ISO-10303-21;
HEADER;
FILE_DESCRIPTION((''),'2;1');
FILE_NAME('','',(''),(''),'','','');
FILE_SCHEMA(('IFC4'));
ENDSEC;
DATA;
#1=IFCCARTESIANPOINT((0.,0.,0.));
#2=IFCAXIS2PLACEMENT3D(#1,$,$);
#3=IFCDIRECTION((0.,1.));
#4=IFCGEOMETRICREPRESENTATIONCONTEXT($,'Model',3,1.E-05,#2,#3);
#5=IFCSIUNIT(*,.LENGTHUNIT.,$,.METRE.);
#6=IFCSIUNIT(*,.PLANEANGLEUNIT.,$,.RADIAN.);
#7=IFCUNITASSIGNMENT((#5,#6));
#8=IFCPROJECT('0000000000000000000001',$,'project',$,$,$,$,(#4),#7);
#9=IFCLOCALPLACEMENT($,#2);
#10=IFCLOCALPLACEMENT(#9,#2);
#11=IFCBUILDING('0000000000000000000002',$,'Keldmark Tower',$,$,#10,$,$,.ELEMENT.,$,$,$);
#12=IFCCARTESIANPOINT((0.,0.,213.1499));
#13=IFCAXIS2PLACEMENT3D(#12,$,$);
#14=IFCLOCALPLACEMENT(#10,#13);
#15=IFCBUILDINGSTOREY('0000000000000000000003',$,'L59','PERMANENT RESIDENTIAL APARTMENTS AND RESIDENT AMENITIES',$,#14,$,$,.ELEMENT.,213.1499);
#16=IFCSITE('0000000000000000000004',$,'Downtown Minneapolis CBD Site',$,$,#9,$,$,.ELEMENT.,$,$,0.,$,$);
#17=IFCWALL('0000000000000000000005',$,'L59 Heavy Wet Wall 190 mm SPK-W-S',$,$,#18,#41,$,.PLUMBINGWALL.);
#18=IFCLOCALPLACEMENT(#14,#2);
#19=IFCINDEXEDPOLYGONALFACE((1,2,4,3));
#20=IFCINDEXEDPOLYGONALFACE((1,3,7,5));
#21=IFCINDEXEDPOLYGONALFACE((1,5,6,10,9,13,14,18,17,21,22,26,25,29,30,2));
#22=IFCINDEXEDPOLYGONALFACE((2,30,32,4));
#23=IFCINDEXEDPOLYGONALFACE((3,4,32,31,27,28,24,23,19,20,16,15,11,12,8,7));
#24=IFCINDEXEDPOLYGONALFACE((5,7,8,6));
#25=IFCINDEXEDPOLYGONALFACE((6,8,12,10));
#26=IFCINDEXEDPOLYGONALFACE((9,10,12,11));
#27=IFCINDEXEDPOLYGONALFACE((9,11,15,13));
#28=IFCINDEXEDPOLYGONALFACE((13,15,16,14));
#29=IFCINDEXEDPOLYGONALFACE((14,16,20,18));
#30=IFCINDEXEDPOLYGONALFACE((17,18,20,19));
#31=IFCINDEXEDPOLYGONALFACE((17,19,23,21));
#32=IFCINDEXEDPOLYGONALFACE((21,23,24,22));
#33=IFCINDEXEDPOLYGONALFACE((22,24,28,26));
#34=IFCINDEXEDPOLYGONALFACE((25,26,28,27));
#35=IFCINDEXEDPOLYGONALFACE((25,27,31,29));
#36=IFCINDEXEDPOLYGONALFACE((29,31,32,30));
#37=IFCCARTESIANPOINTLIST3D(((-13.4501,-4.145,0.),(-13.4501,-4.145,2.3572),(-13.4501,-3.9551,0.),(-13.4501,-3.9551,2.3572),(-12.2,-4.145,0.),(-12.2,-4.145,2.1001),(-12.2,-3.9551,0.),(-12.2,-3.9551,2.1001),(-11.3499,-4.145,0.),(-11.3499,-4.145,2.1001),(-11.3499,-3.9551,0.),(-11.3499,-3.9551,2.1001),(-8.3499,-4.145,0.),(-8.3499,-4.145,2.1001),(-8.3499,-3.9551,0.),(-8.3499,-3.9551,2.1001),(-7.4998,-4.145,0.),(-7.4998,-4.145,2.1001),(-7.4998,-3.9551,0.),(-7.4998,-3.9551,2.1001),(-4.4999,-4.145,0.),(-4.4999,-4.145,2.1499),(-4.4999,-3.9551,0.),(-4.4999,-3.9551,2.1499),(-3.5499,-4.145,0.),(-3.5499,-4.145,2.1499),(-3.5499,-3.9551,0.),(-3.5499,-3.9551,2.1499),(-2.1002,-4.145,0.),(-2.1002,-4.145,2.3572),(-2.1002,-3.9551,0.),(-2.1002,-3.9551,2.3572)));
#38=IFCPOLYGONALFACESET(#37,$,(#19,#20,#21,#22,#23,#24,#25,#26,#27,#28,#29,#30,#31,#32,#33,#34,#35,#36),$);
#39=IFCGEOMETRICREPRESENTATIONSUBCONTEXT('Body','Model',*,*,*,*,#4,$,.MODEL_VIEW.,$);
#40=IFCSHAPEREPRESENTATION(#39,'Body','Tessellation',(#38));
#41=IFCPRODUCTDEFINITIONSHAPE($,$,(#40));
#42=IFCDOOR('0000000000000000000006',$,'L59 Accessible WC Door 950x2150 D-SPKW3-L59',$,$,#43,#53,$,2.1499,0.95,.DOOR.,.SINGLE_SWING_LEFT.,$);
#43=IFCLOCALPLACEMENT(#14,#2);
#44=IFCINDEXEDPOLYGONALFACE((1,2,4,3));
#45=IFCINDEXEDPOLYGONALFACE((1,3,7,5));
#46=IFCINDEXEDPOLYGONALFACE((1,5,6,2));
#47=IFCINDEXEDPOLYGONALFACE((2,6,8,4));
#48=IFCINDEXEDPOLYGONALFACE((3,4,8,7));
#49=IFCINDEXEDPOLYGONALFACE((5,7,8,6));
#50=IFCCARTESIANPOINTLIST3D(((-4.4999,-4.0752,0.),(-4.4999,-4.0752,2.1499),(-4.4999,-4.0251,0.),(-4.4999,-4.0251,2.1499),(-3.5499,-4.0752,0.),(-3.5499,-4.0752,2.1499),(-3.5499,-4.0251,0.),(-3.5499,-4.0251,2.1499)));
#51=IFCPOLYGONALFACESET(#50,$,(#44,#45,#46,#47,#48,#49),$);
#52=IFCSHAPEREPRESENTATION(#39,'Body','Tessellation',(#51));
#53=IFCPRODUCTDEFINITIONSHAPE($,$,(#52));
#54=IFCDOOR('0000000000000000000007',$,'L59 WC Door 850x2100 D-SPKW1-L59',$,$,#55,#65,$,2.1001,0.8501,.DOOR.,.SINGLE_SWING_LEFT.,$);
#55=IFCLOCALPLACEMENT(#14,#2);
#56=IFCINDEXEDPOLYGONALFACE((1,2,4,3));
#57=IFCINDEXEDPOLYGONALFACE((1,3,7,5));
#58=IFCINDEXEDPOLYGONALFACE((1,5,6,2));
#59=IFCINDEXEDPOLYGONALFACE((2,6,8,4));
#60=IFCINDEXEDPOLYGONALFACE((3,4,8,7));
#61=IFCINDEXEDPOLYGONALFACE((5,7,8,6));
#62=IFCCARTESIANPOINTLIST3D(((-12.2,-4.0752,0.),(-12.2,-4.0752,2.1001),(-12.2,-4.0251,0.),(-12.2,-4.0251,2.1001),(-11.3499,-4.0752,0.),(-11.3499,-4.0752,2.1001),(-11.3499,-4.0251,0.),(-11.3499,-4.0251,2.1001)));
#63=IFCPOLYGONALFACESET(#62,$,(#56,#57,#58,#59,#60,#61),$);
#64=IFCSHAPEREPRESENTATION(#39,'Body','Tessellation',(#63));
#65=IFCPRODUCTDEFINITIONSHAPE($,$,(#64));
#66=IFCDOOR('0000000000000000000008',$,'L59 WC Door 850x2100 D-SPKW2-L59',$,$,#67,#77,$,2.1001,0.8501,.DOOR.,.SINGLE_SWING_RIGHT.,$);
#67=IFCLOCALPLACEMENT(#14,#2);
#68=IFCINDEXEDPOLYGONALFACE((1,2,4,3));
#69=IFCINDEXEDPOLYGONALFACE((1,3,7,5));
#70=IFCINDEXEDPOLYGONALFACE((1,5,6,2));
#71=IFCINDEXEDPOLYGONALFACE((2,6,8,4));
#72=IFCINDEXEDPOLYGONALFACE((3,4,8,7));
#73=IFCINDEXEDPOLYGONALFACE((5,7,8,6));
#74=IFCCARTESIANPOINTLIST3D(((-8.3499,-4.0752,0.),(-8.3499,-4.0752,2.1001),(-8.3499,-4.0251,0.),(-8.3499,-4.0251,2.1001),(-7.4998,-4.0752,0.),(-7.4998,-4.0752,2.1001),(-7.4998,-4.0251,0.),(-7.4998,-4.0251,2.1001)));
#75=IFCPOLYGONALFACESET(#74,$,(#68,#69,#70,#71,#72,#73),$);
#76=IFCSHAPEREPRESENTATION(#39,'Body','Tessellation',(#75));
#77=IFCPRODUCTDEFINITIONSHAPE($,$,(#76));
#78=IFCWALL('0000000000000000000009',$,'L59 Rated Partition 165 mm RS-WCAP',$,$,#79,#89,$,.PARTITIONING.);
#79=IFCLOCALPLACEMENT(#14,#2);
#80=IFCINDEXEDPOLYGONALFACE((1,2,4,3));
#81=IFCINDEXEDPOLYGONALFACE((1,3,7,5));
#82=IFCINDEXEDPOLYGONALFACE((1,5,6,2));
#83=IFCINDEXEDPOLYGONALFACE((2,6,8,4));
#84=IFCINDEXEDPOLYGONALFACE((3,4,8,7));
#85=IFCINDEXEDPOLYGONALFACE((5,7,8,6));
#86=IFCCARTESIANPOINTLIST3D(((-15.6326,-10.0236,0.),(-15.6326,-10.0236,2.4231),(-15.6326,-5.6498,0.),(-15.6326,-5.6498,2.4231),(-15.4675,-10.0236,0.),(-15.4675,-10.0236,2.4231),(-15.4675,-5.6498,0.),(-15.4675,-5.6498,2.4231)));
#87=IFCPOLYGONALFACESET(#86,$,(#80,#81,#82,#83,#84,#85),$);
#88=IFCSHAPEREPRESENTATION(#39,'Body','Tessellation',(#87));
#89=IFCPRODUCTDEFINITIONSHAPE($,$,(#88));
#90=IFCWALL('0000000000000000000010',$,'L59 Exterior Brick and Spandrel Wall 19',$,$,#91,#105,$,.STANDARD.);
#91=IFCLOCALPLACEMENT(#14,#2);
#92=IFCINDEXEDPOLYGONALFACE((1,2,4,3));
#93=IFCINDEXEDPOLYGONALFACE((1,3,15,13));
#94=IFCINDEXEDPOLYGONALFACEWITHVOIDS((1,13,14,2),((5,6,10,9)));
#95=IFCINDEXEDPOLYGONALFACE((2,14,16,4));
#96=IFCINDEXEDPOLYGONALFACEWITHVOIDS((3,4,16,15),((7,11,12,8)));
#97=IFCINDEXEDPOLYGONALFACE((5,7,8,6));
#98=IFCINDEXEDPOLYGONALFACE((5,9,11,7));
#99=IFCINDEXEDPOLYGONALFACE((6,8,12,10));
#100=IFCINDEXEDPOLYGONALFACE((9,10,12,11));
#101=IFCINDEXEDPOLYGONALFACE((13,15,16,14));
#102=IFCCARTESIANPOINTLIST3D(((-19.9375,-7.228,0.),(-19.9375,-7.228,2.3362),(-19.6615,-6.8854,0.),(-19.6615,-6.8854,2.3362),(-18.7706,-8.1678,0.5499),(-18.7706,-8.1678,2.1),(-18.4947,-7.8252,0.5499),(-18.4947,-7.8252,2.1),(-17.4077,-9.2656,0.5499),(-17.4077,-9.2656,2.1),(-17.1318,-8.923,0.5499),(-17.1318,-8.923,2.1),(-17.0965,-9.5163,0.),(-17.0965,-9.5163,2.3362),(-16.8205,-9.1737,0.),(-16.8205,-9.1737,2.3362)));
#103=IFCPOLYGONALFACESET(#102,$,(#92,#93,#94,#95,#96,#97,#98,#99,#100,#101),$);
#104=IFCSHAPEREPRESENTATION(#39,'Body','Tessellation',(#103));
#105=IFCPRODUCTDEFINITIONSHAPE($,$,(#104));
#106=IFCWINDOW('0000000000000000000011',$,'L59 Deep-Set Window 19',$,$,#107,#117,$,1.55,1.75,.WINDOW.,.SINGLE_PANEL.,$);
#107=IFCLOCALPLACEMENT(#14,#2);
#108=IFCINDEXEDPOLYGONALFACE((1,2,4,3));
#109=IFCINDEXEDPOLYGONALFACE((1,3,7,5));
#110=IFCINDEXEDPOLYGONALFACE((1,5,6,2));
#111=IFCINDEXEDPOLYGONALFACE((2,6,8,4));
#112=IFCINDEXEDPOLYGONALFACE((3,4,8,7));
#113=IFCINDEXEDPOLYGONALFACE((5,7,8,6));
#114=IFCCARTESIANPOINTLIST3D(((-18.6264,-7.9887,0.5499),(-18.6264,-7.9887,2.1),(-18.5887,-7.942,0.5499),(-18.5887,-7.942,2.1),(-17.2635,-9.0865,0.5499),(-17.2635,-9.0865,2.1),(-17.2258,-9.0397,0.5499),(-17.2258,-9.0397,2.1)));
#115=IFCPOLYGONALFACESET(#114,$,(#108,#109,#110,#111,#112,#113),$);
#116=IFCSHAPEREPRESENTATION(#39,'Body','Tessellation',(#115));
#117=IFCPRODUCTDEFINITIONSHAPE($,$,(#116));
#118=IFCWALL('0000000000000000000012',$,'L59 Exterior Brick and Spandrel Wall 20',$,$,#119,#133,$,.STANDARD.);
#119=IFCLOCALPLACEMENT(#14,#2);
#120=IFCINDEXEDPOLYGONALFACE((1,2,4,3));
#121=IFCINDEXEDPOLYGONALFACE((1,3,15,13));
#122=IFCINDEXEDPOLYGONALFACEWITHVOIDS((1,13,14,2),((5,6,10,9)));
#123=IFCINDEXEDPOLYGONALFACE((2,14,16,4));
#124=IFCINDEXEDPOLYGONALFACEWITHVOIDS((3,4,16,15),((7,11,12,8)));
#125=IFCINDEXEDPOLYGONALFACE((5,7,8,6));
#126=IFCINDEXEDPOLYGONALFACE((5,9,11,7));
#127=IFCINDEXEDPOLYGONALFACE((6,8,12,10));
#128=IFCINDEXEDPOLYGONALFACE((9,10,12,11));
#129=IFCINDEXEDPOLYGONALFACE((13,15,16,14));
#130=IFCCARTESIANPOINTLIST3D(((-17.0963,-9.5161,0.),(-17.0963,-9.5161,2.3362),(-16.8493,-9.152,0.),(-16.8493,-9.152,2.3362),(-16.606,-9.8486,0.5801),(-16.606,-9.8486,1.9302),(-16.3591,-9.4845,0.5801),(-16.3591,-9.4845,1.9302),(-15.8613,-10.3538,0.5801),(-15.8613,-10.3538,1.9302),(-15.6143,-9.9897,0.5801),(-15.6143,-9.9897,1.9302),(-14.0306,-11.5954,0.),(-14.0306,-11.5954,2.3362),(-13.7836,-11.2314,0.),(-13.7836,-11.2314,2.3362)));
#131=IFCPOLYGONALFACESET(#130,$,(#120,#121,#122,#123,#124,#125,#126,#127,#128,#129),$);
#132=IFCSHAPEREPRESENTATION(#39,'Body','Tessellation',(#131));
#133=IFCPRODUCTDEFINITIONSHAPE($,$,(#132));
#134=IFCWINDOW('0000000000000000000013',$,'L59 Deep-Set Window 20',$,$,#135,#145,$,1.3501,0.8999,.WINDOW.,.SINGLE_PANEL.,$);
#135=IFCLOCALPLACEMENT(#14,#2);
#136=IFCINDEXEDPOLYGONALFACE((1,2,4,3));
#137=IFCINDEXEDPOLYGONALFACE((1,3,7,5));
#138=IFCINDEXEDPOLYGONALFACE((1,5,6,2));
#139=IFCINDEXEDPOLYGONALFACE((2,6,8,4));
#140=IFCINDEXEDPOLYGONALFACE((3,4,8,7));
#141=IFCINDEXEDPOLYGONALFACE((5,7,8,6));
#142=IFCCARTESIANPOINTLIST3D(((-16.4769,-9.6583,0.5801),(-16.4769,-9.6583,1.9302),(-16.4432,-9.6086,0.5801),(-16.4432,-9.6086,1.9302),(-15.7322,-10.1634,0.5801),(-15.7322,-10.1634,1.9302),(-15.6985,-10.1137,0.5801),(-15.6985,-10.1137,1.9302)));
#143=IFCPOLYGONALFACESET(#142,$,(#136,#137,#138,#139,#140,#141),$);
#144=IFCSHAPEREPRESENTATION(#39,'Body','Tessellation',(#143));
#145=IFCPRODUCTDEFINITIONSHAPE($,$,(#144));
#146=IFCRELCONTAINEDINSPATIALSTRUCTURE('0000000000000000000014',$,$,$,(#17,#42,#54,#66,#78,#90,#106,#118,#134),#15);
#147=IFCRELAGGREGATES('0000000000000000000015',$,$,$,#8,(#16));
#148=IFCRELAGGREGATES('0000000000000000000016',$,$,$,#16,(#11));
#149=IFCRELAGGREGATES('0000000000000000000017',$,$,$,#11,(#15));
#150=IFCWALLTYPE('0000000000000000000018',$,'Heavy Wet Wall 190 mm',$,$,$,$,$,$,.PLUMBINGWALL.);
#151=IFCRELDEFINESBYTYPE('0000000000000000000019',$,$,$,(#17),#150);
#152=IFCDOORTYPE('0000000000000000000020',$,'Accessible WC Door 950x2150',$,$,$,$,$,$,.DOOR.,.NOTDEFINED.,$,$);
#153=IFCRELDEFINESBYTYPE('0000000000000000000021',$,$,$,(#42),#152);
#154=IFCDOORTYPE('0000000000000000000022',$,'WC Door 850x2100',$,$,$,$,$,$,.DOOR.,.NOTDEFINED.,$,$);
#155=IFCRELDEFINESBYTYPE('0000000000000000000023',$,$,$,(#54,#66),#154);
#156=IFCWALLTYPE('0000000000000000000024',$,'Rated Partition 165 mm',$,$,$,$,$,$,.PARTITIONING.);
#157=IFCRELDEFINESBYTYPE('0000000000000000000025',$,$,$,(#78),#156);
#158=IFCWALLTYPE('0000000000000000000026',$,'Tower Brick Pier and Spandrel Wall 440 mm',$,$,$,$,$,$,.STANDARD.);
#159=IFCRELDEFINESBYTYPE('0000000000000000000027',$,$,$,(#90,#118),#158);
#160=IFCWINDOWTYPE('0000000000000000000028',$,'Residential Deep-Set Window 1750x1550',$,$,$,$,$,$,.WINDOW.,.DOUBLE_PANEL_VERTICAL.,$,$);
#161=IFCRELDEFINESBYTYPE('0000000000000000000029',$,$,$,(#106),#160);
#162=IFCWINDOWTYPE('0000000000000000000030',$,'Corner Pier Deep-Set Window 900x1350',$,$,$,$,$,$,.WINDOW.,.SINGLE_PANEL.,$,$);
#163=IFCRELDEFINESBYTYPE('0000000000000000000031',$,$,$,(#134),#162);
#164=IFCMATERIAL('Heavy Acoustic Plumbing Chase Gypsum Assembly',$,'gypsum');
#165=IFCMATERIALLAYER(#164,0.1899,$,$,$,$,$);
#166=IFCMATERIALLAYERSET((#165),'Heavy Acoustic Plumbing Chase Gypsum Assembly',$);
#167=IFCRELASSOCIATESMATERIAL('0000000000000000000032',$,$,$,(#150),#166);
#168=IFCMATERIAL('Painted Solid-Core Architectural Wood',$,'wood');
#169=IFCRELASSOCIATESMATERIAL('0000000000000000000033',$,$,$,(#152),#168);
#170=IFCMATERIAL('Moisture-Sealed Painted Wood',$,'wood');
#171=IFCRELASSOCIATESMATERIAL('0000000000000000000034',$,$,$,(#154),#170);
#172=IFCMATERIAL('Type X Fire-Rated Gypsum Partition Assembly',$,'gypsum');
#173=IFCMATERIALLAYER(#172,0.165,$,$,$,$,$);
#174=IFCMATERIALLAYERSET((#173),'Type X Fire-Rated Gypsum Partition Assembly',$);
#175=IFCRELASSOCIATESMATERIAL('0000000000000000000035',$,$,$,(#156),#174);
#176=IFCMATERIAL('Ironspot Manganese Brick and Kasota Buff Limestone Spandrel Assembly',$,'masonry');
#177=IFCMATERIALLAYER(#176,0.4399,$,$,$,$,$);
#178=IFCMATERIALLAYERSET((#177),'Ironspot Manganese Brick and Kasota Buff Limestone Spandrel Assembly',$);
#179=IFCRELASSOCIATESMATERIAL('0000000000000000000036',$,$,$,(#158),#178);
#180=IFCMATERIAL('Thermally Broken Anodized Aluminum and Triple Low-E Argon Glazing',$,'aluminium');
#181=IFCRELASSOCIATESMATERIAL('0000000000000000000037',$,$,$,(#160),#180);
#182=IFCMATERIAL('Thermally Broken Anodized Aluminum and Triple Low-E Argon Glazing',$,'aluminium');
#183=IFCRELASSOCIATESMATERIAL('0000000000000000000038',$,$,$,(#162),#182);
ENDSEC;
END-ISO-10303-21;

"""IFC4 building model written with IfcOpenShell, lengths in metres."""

from ifc_helpers import new_model, si_unit, direction, frame, frame_2d, origin, place, context, subcontext, project, spatial, rectangle, extrude, material, layer, layer_set, type_object, element, fill, save


model = new_model("IFC4")

# Units and contexts
model_context = context("Model", 3, precision=1e-05, world=origin(), true_north=direction((0.0, 1.0)))
body_context = subcontext(model_context, "Body", "Model", "MODEL_VIEW")
ifc_project = project(units=[si_unit("LENGTHUNIT", "METRE"), si_unit("PLANEANGLEUNIT", "RADIAN")], contexts=[model_context])

# Site, building, storey
site_placement = place(None, origin())
site = spatial("IfcSite", under=ifc_project, at=site_placement, Name="Downtown Minneapolis CBD Site", CompositionType="ELEMENT", RefElevation=0.0)
building_placement = place(site_placement, origin())
building = spatial("IfcBuilding", under=site, at=building_placement, Name="Keldmark Tower", CompositionType="ELEMENT")
storey_placement = place(building_placement, frame((0.0, 0.0, 213.1499)))
storey = spatial("IfcBuildingStorey", under=building, at=storey_placement, Name="L59", Description="PERMANENT RESIDENTIAL APARTMENTS AND RESIDENT AMENITIES", CompositionType="ELEMENT", Elevation=213.1499)

# Wall, openings, doors
ifc_material_1 = material(Name="Heavy Acoustic Plumbing Chase Gypsum Assembly", Category="gypsum")
ifc_layer_1 = layer(ifc_material_1, 0.1899)
ifc_layer_set_1 = layer_set([ifc_layer_1], Name="Heavy Acoustic Plumbing Chase Gypsum Assembly")
wall_type_1 = type_object("IfcWallType", Name="Heavy Wet Wall 190 mm", PredefinedType="PLUMBINGWALL", material=ifc_layer_set_1)
wall_1_placement = place(storey_placement, frame((-13.45, -4.05, 0.0), z_axis=(0.0, 0.0, 1.0), x_axis=(1.0, 0.0, 0.0)))
wall_1 = element("IfcWall", 1, at=wall_1_placement, inside=storey, type_object=wall_type_1, Name="L59 Heavy Wet Wall 190 mm SPK-W-S", PredefinedType="PLUMBINGWALL", context=body_context, shape_type="SweptSolid", body=[
    extrude(rectangle(XDim=11.3499, YDim=0.1899, at=frame_2d((5.6748, 0.0))), origin(), (0.0, 0.0, 1.0), 2.3572),
])
opening_1_placement = place(wall_1_placement, frame((1.25, 0.0, 0.0)))
opening_1 = element("IfcOpeningElement", 2, at=opening_1_placement, cuts=wall_1, PredefinedType="OPENING", context=body_context, shape_type="SweptSolid", body=[
    extrude(rectangle(XDim=0.8501, YDim=2.1001, at=frame_2d((0.425, 1.05))), frame((0.0, 0.105, 0.0), z_axis=(0.0, -1.0, 0.0), x_axis=(1.0, 0.0, 0.0)), (0.0, 0.0, 1.0), 0.21),
])
opening_2_placement = place(wall_1_placement, frame((5.1001, 0.0, 0.0)))
opening_2 = element("IfcOpeningElement", 3, at=opening_2_placement, cuts=wall_1, PredefinedType="OPENING", context=body_context, shape_type="SweptSolid", body=[
    extrude(rectangle(XDim=0.8501, YDim=2.1001, at=frame_2d((0.425, 1.05))), frame((0.0, 0.105, 0.0), z_axis=(0.0, -1.0, 0.0), x_axis=(1.0, 0.0, 0.0)), (0.0, 0.0, 1.0), 0.21),
])
opening_3_placement = place(wall_1_placement, frame((8.95, 0.0, 0.0)))
opening_3 = element("IfcOpeningElement", 4, at=opening_3_placement, cuts=wall_1, PredefinedType="OPENING", context=body_context, shape_type="SweptSolid", body=[
    extrude(rectangle(XDim=0.95, YDim=2.1499, at=frame_2d((0.4751, 1.075))), frame((0.0, 0.105, 0.0), z_axis=(0.0, -1.0, 0.0), x_axis=(1.0, 0.0, 0.0)), (0.0, 0.0, 1.0), 0.21),
])
ifc_material_2 = material(Name="Painted Solid-Core Architectural Wood", Category="wood")
door_type_1 = type_object("IfcDoorType", Name="Accessible WC Door 950x2150", OperationType="NOTDEFINED", PredefinedType="DOOR", material=ifc_material_2)
door_1_placement = place(opening_3_placement, origin())
door_1 = element("IfcDoor", 5, at=door_1_placement, inside=storey, type_object=door_type_1, Name="L59 Accessible WC Door 950x2150 D-SPKW3-L59", OperationType="SINGLE_SWING_LEFT", OverallHeight=2.1499, OverallWidth=0.95, PredefinedType="DOOR", context=body_context, shape_type="SweptSolid", body=[
    extrude(rectangle(XDim=0.95, YDim=2.1499, at=frame_2d((0.4751, 1.075))), frame((0.0, 0.0249, 0.0), z_axis=(0.0, -1.0, 0.0), x_axis=(1.0, 0.0, 0.0)), (0.0, 0.0, 1.0), 0.05),
])
fill(opening_3, door_1)
ifc_material_3 = material(Name="Moisture-Sealed Painted Wood", Category="wood")
door_type_2 = type_object("IfcDoorType", Name="WC Door 850x2100", OperationType="NOTDEFINED", PredefinedType="DOOR", material=ifc_material_3)
door_2_placement = place(opening_1_placement, origin())
door_2 = element("IfcDoor", 6, at=door_2_placement, inside=storey, type_object=door_type_2, Name="L59 WC Door 850x2100 D-SPKW1-L59", OperationType="SINGLE_SWING_LEFT", OverallHeight=2.1001, OverallWidth=0.8501, PredefinedType="DOOR", context=body_context, shape_type="SweptSolid", body=[
    extrude(rectangle(XDim=0.8501, YDim=2.1001, at=frame_2d((0.425, 1.05))), frame((0.0, 0.0249, 0.0), z_axis=(0.0, -1.0, 0.0), x_axis=(1.0, 0.0, 0.0)), (0.0, 0.0, 1.0), 0.05),
])
fill(opening_1, door_2)
door_3_placement = place(opening_2_placement, origin())
door_3 = element("IfcDoor", 7, at=door_3_placement, inside=storey, type_object=door_type_2, Name="L59 WC Door 850x2100 D-SPKW2-L59", OperationType="SINGLE_SWING_RIGHT", OverallHeight=2.1001, OverallWidth=0.8501, PredefinedType="DOOR", context=body_context, shape_type="SweptSolid", body=[
    extrude(rectangle(XDim=0.8501, YDim=2.1001, at=frame_2d((0.425, 1.05))), frame((0.0, 0.0249, 0.0), z_axis=(0.0, -1.0, 0.0), x_axis=(1.0, 0.0, 0.0)), (0.0, 0.0, 1.0), 0.05),
])
fill(opening_2, door_3)

# Shared definitions
ifc_material_4 = material(Name="Type X Fire-Rated Gypsum Partition Assembly", Category="gypsum")
ifc_layer_2 = layer(ifc_material_4, 0.165)
ifc_layer_set_2 = layer_set([ifc_layer_2], Name="Type X Fire-Rated Gypsum Partition Assembly")
wall_type_2 = type_object("IfcWallType", Name="Rated Partition 165 mm", PredefinedType="PARTITIONING", material=ifc_layer_set_2)

# Wall
wall_2_placement = place(storey_placement, frame((-15.55, -10.0237, 0.0), z_axis=(0.0, 0.0, 1.0), x_axis=(0.0, 1.0, 0.0)))
element("IfcWall", 8, at=wall_2_placement, inside=storey, type_object=wall_type_2, Name="L59 Rated Partition 165 mm RS-WCAP", PredefinedType="PARTITIONING", context=body_context, shape_type="SweptSolid", body=[
    extrude(rectangle(XDim=4.3738, YDim=0.165, at=frame_2d((2.187, 0.0))), origin(), (0.0, 0.0, 1.0), 2.4231),
])

# Walls, openings, windows
ifc_material_5 = material(Name="Ironspot Manganese Brick and Kasota Buff Limestone Spandrel Assembly", Category="masonry")
ifc_layer_3 = layer(ifc_material_5, 0.4399)
ifc_layer_set_3 = layer_set([ifc_layer_3], Name="Ironspot Manganese Brick and Kasota Buff Limestone Spandrel Assembly")
wall_type_3 = type_object("IfcWallType", Name="Tower Brick Pier and Spandrel Wall 440 mm", PredefinedType="STANDARD", material=ifc_layer_set_3)
wall_3_placement = place(storey_placement, frame((-16.9585, -9.345, 0.0), z_axis=(0.0, 0.0, 1.0), x_axis=(-0.778795, 0.627279, 0.0)))
wall_3 = element("IfcWall", 9, at=wall_3_placement, inside=storey, type_object=wall_type_3, Name="L59 Exterior Brick and Spandrel Wall 19", PredefinedType="STANDARD", context=body_context, shape_type="SweptSolid", body=[
    extrude(rectangle(XDim=3.6479, YDim=0.4399, at=frame_2d((1.824, 0.0))), origin(), (0.0, 0.0, 1.0), 2.3362),
])
opening_4_placement = place(wall_3_placement, frame((0.3997, 0.0, 0.55)))
opening_4 = element("IfcOpeningElement", 10, at=opening_4_placement, cuts=wall_3, PredefinedType="OPENING", context=body_context, shape_type="SweptSolid", body=[
    extrude(rectangle(XDim=1.75, YDim=1.55, at=frame_2d((0.875, 0.7749))), frame((0.0, 0.23, 0.0), z_axis=(0.0, -1.0, 0.0), x_axis=(1.0, 0.0, 0.0)), (0.0, 0.0, 1.0), 0.46),
])
ifc_material_6 = material(Name="Thermally Broken Anodized Aluminum and Triple Low-E Argon Glazing", Category="aluminium")
window_type_1 = type_object("IfcWindowType", Name="Residential Deep-Set Window 1750x1550", PartitioningType="DOUBLE_PANEL_VERTICAL", PredefinedType="WINDOW", material=ifc_material_6)
window_1_placement = place(opening_4_placement, origin())
window_1 = element("IfcWindow", 11, at=window_1_placement, inside=storey, type_object=window_type_1, Name="L59 Deep-Set Window 19", OverallHeight=1.55, OverallWidth=1.75, PartitioningType="SINGLE_PANEL", PredefinedType="WINDOW", context=body_context, shape_type="SweptSolid", body=[
    extrude(rectangle(XDim=1.75, YDim=1.55, at=frame_2d((0.875, 0.7749))), frame((0.0, -0.01, 0.0), z_axis=(0.0, -1.0, 0.0), x_axis=(1.0, 0.0, 0.0)), (0.0, 0.0, 1.0), 0.0601),
])
fill(opening_4, window_1)
wall_4_placement = place(storey_placement, frame((-13.9072, -11.4133, 0.0), z_axis=(0.0, 0.0, 1.0), x_axis=(-0.827593, 0.561329, 0.0)))
wall_4 = element("IfcWall", 12, at=wall_4_placement, inside=storey, type_object=wall_type_3, Name="L59 Exterior Brick and Spandrel Wall 20", PredefinedType="STANDARD", context=body_context, shape_type="SweptSolid", body=[
    extrude(rectangle(XDim=3.7043, YDim=0.4399, at=frame_2d((1.8521, 0.0))), origin(), (0.0, 0.0, 1.0), 2.3362),
])
opening_5_placement = place(wall_4_placement, frame((2.2119, 0.0, 0.5801)))
opening_5 = element("IfcOpeningElement", 13, at=opening_5_placement, cuts=wall_4, PredefinedType="OPENING", context=body_context, shape_type="SweptSolid", body=[
    extrude(rectangle(XDim=0.8999, YDim=1.3501, at=frame_2d((0.45, 0.675))), frame((0.0, 0.23, 0.0), z_axis=(0.0, -1.0, 0.0), x_axis=(1.0, 0.0, 0.0)), (0.0, 0.0, 1.0), 0.46),
])
ifc_material_7 = material(Name="Thermally Broken Anodized Aluminum and Triple Low-E Argon Glazing", Category="aluminium")
window_type_2 = type_object("IfcWindowType", Name="Corner Pier Deep-Set Window 900x1350", PartitioningType="SINGLE_PANEL", PredefinedType="WINDOW", material=ifc_material_7)
window_2_placement = place(opening_5_placement, origin())
window_2 = element("IfcWindow", 14, at=window_2_placement, inside=storey, type_object=window_type_2, Name="L59 Deep-Set Window 20", OverallHeight=1.3501, OverallWidth=0.8999, PartitioningType="SINGLE_PANEL", PredefinedType="WINDOW", context=body_context, shape_type="SweptSolid", body=[
    extrude(rectangle(XDim=0.8999, YDim=1.3501, at=frame_2d((0.45, 0.675))), frame((0.0, -0.01, 0.0), z_axis=(0.0, -1.0, 0.0), x_axis=(1.0, 0.0, 0.0)), (0.0, 0.0, 1.0), 0.0601),
])
fill(opening_5, window_2)

save(model, "model.ifc")
